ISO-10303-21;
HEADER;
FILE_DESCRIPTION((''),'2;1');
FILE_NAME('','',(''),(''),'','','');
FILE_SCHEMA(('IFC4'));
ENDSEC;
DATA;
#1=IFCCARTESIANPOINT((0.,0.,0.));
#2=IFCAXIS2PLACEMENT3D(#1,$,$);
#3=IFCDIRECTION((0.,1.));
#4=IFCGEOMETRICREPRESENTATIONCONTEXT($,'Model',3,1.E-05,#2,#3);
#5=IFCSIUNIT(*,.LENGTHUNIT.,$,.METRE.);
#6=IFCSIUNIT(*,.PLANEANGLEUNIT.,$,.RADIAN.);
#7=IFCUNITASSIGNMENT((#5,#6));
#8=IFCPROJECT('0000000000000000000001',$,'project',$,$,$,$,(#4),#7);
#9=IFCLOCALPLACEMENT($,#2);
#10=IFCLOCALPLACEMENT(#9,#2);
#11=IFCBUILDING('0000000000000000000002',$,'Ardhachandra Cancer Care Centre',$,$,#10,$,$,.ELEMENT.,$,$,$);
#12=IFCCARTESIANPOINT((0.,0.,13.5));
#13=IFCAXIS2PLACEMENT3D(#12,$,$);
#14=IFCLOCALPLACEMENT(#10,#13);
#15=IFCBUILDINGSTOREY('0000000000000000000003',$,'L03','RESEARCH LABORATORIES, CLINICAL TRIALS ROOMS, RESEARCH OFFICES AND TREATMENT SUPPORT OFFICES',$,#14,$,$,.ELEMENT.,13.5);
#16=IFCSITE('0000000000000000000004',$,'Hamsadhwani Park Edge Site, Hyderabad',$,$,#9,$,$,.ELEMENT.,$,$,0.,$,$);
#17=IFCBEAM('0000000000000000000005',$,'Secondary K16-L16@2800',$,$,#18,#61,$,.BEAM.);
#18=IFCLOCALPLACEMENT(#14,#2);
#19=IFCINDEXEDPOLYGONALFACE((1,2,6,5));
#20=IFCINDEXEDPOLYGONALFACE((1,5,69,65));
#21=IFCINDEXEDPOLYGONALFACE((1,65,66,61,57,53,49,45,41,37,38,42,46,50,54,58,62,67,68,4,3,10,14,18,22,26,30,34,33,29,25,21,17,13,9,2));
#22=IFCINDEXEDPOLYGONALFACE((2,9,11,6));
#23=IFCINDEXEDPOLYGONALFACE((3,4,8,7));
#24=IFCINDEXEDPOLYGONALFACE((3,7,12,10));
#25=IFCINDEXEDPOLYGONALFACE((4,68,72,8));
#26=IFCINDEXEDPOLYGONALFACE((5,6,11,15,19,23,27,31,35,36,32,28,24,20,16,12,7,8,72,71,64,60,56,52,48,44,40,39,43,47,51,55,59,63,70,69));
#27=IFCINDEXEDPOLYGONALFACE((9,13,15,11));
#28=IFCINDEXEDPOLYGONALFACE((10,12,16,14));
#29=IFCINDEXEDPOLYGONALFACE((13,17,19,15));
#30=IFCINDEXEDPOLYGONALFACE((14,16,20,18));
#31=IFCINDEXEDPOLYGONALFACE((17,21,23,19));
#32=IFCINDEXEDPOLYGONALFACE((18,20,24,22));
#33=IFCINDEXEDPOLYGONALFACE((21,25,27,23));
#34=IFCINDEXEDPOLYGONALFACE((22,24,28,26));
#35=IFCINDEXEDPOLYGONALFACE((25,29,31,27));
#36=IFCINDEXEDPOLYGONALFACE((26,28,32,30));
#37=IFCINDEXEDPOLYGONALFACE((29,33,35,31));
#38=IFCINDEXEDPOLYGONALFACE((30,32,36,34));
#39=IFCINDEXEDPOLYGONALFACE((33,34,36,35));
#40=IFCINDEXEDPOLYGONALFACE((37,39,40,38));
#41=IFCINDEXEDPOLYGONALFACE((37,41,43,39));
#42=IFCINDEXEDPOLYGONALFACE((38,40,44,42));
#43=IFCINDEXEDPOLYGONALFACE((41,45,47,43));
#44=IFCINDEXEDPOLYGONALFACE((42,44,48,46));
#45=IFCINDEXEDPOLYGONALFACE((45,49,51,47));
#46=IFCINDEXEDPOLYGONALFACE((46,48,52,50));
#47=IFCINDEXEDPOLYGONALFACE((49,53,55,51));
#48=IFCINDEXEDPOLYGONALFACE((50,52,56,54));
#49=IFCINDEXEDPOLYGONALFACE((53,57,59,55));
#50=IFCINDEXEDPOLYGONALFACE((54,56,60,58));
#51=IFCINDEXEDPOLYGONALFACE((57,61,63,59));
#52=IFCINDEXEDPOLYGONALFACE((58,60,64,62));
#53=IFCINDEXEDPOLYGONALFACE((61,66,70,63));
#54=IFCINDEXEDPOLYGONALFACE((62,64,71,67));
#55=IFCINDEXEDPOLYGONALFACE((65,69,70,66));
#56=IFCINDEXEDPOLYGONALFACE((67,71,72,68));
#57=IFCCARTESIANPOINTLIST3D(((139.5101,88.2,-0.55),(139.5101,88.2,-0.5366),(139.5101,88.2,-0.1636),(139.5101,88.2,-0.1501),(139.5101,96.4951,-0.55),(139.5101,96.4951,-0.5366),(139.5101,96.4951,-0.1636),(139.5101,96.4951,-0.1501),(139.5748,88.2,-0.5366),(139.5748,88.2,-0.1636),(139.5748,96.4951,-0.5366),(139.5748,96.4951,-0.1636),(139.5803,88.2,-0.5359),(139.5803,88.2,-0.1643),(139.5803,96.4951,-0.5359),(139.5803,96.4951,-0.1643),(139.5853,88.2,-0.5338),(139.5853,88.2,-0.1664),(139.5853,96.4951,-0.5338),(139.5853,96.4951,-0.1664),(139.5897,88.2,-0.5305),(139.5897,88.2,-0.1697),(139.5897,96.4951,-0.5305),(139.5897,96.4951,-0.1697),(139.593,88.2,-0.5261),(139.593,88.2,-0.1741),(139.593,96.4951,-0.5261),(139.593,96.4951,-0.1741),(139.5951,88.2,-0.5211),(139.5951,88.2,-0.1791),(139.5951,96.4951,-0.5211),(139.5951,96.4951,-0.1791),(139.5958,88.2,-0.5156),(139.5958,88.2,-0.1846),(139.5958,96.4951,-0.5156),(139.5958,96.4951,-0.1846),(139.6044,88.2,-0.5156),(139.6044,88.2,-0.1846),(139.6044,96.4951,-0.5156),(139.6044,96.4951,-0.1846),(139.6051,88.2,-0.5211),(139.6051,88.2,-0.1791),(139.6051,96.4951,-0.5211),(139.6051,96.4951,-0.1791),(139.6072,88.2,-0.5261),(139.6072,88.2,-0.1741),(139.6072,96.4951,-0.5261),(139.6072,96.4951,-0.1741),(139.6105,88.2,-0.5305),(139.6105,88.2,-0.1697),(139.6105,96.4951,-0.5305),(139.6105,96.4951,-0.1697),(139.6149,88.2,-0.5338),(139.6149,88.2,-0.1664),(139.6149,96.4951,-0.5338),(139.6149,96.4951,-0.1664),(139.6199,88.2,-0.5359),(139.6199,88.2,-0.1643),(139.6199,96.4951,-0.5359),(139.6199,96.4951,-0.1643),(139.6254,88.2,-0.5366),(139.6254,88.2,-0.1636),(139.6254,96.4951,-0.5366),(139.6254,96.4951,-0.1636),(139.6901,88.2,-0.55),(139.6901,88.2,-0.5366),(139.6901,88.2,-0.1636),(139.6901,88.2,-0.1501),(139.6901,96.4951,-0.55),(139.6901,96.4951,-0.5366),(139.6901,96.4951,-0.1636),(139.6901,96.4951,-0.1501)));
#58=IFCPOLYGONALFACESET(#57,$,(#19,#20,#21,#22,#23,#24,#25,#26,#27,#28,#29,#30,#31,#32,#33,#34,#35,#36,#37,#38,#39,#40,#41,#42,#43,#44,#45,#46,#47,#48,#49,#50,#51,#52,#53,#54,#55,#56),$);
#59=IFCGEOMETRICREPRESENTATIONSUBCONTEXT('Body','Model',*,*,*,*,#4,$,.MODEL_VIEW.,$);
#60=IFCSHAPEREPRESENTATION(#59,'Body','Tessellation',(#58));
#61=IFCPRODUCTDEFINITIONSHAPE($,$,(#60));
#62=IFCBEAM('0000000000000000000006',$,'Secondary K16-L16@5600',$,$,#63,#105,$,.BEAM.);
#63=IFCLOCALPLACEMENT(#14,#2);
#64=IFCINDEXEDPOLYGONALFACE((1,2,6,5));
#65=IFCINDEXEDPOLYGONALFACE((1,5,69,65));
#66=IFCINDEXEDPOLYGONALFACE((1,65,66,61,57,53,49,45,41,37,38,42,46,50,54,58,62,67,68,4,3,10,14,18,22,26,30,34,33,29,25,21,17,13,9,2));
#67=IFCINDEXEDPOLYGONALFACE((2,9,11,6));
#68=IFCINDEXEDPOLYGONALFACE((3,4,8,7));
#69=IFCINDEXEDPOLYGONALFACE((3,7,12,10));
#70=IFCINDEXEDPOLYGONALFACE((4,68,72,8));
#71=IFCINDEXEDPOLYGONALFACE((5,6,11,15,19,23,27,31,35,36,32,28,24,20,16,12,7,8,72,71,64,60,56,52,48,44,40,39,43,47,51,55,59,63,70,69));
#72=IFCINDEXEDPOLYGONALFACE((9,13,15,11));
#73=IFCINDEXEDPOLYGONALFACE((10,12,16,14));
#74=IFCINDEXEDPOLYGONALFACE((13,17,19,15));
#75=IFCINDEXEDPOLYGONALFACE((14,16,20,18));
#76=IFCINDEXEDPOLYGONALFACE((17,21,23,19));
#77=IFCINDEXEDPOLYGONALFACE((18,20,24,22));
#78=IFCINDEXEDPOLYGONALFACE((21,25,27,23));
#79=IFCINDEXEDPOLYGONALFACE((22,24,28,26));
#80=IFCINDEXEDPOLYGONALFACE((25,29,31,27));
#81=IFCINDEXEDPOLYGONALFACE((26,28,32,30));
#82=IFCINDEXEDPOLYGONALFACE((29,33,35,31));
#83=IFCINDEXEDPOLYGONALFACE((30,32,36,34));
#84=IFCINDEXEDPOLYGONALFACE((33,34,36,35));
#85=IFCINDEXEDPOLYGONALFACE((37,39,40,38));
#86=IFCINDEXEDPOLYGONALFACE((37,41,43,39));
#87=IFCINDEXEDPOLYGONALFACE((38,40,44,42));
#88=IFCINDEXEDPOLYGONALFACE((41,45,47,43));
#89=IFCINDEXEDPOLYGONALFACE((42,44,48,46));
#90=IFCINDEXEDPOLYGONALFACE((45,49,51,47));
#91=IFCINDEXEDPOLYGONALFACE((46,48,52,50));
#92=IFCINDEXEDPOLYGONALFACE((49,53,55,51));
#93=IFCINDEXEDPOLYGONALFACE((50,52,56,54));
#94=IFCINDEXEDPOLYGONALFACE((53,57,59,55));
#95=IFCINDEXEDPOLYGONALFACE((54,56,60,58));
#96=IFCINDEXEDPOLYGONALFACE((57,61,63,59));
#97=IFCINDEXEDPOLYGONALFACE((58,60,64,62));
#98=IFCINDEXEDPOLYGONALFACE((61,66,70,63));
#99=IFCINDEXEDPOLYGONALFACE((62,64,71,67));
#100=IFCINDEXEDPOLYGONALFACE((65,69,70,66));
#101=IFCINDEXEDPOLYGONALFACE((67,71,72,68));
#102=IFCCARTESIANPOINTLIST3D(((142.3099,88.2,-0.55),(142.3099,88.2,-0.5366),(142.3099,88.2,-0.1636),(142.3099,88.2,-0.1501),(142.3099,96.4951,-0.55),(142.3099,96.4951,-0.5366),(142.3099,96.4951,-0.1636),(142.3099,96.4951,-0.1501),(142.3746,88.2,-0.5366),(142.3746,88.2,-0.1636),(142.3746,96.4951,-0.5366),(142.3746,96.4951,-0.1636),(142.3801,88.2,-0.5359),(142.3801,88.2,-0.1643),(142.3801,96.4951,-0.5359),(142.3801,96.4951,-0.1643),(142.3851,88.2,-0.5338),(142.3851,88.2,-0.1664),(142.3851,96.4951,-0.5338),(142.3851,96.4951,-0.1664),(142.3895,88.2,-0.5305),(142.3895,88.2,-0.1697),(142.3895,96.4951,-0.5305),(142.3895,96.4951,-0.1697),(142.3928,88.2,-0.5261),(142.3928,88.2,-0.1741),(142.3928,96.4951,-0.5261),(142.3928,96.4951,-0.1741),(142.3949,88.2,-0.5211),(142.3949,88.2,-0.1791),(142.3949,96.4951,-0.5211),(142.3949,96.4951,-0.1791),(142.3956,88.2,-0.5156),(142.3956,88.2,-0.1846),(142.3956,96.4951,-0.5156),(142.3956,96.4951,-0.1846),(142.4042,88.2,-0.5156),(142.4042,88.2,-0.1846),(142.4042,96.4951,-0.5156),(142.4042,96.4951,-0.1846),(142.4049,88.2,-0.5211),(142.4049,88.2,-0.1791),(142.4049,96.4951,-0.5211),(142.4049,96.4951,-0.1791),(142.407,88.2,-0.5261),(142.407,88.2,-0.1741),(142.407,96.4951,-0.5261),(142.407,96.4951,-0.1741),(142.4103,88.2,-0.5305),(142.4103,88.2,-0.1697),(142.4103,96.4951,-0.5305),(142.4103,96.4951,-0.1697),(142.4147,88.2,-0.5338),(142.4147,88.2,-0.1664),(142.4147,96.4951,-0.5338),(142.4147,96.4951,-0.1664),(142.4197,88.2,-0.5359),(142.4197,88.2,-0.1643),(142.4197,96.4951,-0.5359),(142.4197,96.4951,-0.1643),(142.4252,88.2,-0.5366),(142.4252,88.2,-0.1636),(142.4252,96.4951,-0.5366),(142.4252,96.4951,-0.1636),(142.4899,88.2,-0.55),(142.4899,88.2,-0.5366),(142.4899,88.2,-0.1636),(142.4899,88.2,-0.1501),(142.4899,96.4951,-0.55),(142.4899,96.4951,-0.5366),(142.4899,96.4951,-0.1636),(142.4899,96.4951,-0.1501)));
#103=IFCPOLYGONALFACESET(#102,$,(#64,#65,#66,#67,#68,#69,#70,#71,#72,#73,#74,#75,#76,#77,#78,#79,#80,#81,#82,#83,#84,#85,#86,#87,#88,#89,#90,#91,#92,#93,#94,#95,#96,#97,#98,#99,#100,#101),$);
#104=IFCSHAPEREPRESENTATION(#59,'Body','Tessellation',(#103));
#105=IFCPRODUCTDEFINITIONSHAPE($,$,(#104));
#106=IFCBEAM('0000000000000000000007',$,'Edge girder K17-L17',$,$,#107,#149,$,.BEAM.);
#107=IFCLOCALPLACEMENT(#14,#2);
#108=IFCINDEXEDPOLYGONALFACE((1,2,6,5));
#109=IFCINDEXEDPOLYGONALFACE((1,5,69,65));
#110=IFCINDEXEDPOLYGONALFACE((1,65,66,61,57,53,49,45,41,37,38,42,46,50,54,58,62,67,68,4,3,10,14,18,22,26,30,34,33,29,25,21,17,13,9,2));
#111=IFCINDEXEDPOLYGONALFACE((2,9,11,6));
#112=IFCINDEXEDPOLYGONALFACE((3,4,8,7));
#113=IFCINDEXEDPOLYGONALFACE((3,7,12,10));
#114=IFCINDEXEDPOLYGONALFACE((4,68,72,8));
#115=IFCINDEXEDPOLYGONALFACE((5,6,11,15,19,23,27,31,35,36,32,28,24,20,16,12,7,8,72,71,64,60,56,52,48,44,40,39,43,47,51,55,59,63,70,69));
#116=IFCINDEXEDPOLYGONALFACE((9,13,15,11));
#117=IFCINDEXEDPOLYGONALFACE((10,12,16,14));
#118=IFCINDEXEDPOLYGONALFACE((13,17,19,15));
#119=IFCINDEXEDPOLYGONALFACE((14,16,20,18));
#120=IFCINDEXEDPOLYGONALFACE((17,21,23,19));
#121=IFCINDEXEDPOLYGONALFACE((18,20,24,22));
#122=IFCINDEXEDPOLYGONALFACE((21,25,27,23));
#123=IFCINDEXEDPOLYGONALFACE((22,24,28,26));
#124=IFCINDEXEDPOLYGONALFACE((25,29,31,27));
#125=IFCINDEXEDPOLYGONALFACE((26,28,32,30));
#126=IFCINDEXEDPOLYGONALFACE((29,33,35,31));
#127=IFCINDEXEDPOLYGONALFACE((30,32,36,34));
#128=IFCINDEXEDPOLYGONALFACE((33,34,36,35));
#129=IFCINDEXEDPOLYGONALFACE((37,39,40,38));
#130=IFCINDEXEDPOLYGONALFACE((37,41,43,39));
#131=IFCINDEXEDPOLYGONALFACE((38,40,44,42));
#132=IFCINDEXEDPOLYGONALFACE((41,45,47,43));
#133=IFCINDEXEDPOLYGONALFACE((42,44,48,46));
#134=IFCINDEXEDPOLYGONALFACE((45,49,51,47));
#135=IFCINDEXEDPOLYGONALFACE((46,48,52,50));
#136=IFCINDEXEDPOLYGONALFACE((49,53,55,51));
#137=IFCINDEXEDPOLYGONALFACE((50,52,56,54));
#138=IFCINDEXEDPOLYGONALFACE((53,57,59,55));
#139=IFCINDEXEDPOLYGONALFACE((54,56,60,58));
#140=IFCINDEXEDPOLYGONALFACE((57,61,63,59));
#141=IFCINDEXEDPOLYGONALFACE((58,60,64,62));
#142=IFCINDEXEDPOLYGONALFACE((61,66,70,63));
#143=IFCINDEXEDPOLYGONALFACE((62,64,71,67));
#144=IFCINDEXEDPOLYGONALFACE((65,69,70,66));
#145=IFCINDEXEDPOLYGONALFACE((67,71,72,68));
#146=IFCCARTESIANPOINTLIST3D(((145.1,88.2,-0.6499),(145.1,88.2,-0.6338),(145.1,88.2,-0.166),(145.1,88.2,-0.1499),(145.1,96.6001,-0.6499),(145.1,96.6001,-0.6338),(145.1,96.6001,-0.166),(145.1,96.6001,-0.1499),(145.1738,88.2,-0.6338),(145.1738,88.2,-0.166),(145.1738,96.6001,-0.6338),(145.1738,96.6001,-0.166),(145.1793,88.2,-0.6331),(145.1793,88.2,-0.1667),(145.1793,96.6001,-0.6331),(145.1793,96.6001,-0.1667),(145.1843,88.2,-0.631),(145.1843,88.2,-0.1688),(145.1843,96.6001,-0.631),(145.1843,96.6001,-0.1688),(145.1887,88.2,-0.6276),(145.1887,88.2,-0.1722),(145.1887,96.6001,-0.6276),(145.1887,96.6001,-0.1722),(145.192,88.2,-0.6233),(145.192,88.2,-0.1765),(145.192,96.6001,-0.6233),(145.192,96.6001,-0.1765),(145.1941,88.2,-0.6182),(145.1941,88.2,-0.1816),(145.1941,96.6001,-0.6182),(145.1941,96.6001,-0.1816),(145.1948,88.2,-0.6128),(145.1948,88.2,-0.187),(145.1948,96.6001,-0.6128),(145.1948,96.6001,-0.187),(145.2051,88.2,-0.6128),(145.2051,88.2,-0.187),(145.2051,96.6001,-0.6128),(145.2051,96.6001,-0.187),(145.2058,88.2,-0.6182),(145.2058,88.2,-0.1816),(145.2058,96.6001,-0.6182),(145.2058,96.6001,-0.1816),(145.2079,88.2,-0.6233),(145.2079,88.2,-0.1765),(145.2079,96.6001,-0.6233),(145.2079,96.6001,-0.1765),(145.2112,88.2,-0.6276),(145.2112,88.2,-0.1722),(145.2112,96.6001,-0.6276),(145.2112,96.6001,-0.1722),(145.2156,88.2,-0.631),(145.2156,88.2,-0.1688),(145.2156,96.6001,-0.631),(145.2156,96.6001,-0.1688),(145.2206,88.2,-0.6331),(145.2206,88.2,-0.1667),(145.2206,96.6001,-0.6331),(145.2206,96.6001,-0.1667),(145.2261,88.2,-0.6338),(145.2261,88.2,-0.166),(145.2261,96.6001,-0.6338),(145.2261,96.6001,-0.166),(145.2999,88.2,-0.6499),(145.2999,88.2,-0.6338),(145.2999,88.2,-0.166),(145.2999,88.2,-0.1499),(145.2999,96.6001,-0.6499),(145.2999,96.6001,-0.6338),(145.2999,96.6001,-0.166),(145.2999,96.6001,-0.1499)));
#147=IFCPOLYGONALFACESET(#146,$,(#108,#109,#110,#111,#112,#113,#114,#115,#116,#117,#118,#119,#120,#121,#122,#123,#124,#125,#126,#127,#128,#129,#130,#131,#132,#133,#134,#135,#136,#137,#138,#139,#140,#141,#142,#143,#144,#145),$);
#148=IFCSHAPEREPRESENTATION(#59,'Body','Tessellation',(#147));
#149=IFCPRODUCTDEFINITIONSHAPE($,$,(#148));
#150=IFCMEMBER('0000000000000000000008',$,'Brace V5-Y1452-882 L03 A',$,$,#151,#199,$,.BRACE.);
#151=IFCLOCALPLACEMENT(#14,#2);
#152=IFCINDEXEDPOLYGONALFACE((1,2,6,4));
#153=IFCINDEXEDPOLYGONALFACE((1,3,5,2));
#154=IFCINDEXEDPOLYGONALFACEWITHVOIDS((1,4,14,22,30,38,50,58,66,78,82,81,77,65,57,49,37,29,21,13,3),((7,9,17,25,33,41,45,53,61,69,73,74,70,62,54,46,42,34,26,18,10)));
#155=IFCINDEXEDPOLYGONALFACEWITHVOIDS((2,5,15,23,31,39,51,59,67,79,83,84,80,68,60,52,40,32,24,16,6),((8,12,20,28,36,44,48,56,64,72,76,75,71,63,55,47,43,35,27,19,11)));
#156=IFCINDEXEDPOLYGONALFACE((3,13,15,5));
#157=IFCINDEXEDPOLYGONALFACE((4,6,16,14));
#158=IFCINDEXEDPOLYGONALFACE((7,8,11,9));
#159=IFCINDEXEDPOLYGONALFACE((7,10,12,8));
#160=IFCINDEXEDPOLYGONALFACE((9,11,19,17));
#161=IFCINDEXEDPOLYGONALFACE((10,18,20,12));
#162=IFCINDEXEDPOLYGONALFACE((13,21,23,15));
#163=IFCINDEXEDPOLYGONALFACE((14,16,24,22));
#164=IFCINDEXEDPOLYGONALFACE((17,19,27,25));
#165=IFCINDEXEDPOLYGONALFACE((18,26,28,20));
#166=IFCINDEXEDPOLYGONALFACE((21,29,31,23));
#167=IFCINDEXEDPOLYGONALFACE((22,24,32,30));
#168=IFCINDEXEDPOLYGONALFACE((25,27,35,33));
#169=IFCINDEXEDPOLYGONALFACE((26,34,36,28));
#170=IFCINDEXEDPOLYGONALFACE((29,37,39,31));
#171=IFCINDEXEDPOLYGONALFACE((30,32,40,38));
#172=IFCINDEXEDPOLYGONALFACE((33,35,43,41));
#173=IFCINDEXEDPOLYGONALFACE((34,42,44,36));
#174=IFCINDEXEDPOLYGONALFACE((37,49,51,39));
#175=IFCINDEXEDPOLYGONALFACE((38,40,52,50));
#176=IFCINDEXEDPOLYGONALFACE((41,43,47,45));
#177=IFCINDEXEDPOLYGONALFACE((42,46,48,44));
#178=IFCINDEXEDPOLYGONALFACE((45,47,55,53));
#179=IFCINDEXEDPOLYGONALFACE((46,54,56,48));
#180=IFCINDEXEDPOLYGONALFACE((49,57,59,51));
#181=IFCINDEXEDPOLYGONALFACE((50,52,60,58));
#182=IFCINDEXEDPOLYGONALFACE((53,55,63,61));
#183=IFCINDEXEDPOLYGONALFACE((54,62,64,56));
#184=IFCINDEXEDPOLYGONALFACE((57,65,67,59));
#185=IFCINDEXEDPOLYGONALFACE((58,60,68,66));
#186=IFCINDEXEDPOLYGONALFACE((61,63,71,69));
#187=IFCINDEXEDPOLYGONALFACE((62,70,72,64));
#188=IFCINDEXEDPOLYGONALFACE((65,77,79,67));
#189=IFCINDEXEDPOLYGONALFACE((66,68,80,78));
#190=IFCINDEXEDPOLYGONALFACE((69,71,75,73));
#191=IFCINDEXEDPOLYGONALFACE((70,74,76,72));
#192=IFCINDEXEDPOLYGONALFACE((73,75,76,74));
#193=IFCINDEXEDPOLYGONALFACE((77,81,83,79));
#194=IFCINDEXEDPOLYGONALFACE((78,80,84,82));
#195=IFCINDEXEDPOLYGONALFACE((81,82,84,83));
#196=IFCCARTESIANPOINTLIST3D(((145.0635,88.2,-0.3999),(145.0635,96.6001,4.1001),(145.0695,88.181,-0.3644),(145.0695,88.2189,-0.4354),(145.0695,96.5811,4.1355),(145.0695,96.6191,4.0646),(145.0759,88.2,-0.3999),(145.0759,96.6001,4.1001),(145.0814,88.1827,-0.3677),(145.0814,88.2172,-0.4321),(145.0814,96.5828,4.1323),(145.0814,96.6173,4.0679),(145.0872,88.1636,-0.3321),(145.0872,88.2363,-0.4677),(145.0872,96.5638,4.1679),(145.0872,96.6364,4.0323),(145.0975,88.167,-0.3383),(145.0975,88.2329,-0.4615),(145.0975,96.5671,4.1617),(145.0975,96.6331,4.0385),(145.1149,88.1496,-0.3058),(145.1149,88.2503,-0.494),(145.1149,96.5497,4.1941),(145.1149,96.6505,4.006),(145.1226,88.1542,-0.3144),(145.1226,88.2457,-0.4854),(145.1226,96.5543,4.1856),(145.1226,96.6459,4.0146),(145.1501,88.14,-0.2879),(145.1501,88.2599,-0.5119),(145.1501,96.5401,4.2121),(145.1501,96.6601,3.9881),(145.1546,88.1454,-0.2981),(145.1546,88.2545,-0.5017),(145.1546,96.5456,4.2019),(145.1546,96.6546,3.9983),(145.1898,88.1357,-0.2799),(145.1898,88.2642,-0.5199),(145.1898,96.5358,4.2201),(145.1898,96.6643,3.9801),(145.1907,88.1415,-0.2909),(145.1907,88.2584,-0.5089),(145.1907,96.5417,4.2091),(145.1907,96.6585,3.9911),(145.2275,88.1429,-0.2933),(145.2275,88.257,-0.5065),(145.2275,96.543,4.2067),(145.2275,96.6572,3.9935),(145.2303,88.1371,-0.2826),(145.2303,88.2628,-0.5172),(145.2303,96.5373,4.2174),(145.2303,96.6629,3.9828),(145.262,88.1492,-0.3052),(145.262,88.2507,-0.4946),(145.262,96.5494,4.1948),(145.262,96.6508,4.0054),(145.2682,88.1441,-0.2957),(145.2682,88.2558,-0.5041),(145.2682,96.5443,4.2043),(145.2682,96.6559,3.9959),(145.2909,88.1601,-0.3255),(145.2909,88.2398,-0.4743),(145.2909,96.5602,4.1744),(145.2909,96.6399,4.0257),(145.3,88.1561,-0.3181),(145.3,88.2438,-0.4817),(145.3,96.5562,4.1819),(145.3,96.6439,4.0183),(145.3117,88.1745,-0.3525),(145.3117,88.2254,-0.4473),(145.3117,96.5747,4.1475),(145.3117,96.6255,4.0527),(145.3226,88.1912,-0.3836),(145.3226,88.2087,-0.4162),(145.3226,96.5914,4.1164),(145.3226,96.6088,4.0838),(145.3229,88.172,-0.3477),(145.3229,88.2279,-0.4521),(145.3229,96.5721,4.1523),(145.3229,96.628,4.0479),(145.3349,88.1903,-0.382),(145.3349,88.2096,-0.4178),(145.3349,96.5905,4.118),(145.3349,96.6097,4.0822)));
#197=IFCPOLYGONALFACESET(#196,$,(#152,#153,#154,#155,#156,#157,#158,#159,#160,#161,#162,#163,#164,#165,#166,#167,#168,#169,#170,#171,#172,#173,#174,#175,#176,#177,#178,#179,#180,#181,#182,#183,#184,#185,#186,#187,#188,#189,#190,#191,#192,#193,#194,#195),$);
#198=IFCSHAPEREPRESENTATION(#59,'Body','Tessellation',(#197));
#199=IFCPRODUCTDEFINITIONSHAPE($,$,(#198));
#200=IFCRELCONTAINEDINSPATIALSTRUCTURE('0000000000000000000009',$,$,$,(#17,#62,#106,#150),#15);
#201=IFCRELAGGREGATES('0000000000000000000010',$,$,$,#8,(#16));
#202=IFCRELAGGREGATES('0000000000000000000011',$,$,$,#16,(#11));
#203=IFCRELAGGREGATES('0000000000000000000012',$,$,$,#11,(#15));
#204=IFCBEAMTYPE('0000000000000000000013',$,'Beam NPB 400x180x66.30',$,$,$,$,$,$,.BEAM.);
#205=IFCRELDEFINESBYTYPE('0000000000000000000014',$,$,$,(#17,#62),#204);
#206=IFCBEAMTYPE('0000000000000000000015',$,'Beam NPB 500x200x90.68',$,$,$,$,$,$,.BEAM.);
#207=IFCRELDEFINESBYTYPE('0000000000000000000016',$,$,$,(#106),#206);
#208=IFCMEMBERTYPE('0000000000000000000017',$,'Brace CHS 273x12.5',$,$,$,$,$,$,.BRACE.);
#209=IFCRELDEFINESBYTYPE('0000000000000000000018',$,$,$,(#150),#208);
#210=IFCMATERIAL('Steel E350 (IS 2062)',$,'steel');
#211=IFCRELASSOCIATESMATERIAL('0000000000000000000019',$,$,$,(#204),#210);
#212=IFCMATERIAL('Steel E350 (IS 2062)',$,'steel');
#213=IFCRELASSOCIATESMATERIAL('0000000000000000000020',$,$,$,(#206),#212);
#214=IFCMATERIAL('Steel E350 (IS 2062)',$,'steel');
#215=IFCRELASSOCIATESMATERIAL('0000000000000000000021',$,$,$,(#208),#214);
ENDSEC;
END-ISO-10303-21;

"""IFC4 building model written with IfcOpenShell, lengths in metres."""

from ifc_helpers import new_model, si_unit, direction, frame, origin, origin_2d, place, context, subcontext, project, spatial, hollow_circle, i_section, extrude, material, material_profile, profile_set, type_object, element, save


model = new_model("IFC4")

# Units and contexts
model_context = context("Model", 3, precision=1e-05, world=origin(), true_north=direction((0.0, 1.0)))
body_context = subcontext(model_context, "Body", "Model", "MODEL_VIEW")
ifc_project = project(units=[si_unit("LENGTHUNIT", "METRE"), si_unit("PLANEANGLEUNIT", "RADIAN")], contexts=[model_context])

# Site, building, storey
site_placement = place(None, origin())
site = spatial("IfcSite", under=ifc_project, at=site_placement, Name="Hamsadhwani Park Edge Site, Hyderabad", CompositionType="ELEMENT", RefElevation=0.0)
building_placement = place(site_placement, origin())
building = spatial("IfcBuilding", under=site, at=building_placement, Name="Ardhachandra Cancer Care Centre", CompositionType="ELEMENT")
storey_placement = place(building_placement, frame((0.0, 0.0, 13.5)))
storey = spatial("IfcBuildingStorey", under=building, at=storey_placement, Name="L03", Description="RESEARCH LABORATORIES, CLINICAL TRIALS ROOMS, RESEARCH OFFICES AND TREATMENT SUPPORT OFFICES", CompositionType="ELEMENT", Elevation=13.5)

# Beams
ifc_material_1 = material(Name="Steel E350 (IS 2062)", Category="steel")
ifc_material_profile_1 = material_profile(ifc_material_1, i_section(OverallWidth=0.1799, OverallDepth=0.3999, WebThickness=0.0085, FlangeThickness=0.0134, FilletRadius=0.021, at=origin_2d()), Name="NPB 400x180x66.30")
ifc_profile_set_1 = profile_set([ifc_material_profile_1], Name="Steel E350 (IS 2062)")
beam_type_1 = type_object("IfcBeamType", Name="Beam NPB 400x180x66.30", PredefinedType="BEAM", material=ifc_profile_set_1)
for number, where, z_axis, x_axis, name in (
    (1, (139.6001, 88.2, -0.3501), (0.0, 1.0, 0.0), (-1.0, 0.0, 0.0), "Secondary K16-L16@2800"),
    (2, (142.3999, 88.2, -0.3501), (0.0, 1.0, 0.0), (-1.0, 0.0, 0.0), "Secondary K16-L16@5600"),
):
    element("IfcBeam", number, at=place(storey_placement, frame(where, z_axis=z_axis, x_axis=x_axis)), inside=storey, type_object=beam_type_1, Name=name, PredefinedType="BEAM", context=body_context, shape_type="SweptSolid", body=[
        extrude(i_section(OverallWidth=0.1799, OverallDepth=0.3999, WebThickness=0.0085, FlangeThickness=0.0134, FilletRadius=0.021, at=origin_2d()), origin(), (0.0, 0.0, 1.0), 8.2952),
    ])
ifc_material_2 = material(Name="Steel E350 (IS 2062)", Category="steel")
ifc_material_profile_2 = material_profile(ifc_material_2, i_section(OverallWidth=0.2, OverallDepth=0.5, WebThickness=0.0103, FlangeThickness=0.0161, FilletRadius=0.021, at=origin_2d()), Name="NPB 500x200x90.68")
ifc_profile_set_2 = profile_set([ifc_material_profile_2], Name="Steel E350 (IS 2062)")
beam_type_2 = type_object("IfcBeamType", Name="Beam NPB 500x200x90.68", PredefinedType="BEAM", material=ifc_profile_set_2)
beam_placement = place(storey_placement, frame((145.2, 88.2, -0.3999), z_axis=(0.0, 1.0, 0.0), x_axis=(-1.0, 0.0, 0.0)))
element("IfcBeam", 3, at=beam_placement, inside=storey, type_object=beam_type_2, Name="Edge girder K17-L17", PredefinedType="BEAM", context=body_context, shape_type="SweptSolid", body=[
    extrude(i_section(OverallWidth=0.2, OverallDepth=0.5, WebThickness=0.0103, FlangeThickness=0.0161, FilletRadius=0.021, at=origin_2d()), origin(), (0.0, 0.0, 1.0), 8.4001),
])

# Member
ifc_material_3 = material(Name="Steel E350 (IS 2062)", Category="steel")
ifc_material_profile_3 = material_profile(ifc_material_3, hollow_circle(Radius=0.1365, WallThickness=0.0125, at=origin_2d()), Name="CHS 273x12.5")
ifc_profile_set_3 = profile_set([ifc_material_profile_3], Name="Steel E350 (IS 2062)")
member_type_1 = type_object("IfcMemberType", Name="Brace CHS 273x12.5", PredefinedType="BRACE", material=ifc_profile_set_3)
member_1_placement = place(storey_placement, frame((145.2, 88.2, -0.3999), z_axis=(0.0, 0.881483, 0.472215), x_axis=(-1.0, 0.0, 0.0)))
element("IfcMember", 4, at=member_1_placement, inside=storey, type_object=member_type_1, Name="Brace V5-Y1452-882 L03 A", PredefinedType="BRACE", context=body_context, shape_type="SweptSolid", body=[
    extrude(hollow_circle(Radius=0.1365, WallThickness=0.0125, at=origin_2d()), origin(), (0.0, 0.0, 1.0), 9.5295),
])

save(model, "model.ifc")
